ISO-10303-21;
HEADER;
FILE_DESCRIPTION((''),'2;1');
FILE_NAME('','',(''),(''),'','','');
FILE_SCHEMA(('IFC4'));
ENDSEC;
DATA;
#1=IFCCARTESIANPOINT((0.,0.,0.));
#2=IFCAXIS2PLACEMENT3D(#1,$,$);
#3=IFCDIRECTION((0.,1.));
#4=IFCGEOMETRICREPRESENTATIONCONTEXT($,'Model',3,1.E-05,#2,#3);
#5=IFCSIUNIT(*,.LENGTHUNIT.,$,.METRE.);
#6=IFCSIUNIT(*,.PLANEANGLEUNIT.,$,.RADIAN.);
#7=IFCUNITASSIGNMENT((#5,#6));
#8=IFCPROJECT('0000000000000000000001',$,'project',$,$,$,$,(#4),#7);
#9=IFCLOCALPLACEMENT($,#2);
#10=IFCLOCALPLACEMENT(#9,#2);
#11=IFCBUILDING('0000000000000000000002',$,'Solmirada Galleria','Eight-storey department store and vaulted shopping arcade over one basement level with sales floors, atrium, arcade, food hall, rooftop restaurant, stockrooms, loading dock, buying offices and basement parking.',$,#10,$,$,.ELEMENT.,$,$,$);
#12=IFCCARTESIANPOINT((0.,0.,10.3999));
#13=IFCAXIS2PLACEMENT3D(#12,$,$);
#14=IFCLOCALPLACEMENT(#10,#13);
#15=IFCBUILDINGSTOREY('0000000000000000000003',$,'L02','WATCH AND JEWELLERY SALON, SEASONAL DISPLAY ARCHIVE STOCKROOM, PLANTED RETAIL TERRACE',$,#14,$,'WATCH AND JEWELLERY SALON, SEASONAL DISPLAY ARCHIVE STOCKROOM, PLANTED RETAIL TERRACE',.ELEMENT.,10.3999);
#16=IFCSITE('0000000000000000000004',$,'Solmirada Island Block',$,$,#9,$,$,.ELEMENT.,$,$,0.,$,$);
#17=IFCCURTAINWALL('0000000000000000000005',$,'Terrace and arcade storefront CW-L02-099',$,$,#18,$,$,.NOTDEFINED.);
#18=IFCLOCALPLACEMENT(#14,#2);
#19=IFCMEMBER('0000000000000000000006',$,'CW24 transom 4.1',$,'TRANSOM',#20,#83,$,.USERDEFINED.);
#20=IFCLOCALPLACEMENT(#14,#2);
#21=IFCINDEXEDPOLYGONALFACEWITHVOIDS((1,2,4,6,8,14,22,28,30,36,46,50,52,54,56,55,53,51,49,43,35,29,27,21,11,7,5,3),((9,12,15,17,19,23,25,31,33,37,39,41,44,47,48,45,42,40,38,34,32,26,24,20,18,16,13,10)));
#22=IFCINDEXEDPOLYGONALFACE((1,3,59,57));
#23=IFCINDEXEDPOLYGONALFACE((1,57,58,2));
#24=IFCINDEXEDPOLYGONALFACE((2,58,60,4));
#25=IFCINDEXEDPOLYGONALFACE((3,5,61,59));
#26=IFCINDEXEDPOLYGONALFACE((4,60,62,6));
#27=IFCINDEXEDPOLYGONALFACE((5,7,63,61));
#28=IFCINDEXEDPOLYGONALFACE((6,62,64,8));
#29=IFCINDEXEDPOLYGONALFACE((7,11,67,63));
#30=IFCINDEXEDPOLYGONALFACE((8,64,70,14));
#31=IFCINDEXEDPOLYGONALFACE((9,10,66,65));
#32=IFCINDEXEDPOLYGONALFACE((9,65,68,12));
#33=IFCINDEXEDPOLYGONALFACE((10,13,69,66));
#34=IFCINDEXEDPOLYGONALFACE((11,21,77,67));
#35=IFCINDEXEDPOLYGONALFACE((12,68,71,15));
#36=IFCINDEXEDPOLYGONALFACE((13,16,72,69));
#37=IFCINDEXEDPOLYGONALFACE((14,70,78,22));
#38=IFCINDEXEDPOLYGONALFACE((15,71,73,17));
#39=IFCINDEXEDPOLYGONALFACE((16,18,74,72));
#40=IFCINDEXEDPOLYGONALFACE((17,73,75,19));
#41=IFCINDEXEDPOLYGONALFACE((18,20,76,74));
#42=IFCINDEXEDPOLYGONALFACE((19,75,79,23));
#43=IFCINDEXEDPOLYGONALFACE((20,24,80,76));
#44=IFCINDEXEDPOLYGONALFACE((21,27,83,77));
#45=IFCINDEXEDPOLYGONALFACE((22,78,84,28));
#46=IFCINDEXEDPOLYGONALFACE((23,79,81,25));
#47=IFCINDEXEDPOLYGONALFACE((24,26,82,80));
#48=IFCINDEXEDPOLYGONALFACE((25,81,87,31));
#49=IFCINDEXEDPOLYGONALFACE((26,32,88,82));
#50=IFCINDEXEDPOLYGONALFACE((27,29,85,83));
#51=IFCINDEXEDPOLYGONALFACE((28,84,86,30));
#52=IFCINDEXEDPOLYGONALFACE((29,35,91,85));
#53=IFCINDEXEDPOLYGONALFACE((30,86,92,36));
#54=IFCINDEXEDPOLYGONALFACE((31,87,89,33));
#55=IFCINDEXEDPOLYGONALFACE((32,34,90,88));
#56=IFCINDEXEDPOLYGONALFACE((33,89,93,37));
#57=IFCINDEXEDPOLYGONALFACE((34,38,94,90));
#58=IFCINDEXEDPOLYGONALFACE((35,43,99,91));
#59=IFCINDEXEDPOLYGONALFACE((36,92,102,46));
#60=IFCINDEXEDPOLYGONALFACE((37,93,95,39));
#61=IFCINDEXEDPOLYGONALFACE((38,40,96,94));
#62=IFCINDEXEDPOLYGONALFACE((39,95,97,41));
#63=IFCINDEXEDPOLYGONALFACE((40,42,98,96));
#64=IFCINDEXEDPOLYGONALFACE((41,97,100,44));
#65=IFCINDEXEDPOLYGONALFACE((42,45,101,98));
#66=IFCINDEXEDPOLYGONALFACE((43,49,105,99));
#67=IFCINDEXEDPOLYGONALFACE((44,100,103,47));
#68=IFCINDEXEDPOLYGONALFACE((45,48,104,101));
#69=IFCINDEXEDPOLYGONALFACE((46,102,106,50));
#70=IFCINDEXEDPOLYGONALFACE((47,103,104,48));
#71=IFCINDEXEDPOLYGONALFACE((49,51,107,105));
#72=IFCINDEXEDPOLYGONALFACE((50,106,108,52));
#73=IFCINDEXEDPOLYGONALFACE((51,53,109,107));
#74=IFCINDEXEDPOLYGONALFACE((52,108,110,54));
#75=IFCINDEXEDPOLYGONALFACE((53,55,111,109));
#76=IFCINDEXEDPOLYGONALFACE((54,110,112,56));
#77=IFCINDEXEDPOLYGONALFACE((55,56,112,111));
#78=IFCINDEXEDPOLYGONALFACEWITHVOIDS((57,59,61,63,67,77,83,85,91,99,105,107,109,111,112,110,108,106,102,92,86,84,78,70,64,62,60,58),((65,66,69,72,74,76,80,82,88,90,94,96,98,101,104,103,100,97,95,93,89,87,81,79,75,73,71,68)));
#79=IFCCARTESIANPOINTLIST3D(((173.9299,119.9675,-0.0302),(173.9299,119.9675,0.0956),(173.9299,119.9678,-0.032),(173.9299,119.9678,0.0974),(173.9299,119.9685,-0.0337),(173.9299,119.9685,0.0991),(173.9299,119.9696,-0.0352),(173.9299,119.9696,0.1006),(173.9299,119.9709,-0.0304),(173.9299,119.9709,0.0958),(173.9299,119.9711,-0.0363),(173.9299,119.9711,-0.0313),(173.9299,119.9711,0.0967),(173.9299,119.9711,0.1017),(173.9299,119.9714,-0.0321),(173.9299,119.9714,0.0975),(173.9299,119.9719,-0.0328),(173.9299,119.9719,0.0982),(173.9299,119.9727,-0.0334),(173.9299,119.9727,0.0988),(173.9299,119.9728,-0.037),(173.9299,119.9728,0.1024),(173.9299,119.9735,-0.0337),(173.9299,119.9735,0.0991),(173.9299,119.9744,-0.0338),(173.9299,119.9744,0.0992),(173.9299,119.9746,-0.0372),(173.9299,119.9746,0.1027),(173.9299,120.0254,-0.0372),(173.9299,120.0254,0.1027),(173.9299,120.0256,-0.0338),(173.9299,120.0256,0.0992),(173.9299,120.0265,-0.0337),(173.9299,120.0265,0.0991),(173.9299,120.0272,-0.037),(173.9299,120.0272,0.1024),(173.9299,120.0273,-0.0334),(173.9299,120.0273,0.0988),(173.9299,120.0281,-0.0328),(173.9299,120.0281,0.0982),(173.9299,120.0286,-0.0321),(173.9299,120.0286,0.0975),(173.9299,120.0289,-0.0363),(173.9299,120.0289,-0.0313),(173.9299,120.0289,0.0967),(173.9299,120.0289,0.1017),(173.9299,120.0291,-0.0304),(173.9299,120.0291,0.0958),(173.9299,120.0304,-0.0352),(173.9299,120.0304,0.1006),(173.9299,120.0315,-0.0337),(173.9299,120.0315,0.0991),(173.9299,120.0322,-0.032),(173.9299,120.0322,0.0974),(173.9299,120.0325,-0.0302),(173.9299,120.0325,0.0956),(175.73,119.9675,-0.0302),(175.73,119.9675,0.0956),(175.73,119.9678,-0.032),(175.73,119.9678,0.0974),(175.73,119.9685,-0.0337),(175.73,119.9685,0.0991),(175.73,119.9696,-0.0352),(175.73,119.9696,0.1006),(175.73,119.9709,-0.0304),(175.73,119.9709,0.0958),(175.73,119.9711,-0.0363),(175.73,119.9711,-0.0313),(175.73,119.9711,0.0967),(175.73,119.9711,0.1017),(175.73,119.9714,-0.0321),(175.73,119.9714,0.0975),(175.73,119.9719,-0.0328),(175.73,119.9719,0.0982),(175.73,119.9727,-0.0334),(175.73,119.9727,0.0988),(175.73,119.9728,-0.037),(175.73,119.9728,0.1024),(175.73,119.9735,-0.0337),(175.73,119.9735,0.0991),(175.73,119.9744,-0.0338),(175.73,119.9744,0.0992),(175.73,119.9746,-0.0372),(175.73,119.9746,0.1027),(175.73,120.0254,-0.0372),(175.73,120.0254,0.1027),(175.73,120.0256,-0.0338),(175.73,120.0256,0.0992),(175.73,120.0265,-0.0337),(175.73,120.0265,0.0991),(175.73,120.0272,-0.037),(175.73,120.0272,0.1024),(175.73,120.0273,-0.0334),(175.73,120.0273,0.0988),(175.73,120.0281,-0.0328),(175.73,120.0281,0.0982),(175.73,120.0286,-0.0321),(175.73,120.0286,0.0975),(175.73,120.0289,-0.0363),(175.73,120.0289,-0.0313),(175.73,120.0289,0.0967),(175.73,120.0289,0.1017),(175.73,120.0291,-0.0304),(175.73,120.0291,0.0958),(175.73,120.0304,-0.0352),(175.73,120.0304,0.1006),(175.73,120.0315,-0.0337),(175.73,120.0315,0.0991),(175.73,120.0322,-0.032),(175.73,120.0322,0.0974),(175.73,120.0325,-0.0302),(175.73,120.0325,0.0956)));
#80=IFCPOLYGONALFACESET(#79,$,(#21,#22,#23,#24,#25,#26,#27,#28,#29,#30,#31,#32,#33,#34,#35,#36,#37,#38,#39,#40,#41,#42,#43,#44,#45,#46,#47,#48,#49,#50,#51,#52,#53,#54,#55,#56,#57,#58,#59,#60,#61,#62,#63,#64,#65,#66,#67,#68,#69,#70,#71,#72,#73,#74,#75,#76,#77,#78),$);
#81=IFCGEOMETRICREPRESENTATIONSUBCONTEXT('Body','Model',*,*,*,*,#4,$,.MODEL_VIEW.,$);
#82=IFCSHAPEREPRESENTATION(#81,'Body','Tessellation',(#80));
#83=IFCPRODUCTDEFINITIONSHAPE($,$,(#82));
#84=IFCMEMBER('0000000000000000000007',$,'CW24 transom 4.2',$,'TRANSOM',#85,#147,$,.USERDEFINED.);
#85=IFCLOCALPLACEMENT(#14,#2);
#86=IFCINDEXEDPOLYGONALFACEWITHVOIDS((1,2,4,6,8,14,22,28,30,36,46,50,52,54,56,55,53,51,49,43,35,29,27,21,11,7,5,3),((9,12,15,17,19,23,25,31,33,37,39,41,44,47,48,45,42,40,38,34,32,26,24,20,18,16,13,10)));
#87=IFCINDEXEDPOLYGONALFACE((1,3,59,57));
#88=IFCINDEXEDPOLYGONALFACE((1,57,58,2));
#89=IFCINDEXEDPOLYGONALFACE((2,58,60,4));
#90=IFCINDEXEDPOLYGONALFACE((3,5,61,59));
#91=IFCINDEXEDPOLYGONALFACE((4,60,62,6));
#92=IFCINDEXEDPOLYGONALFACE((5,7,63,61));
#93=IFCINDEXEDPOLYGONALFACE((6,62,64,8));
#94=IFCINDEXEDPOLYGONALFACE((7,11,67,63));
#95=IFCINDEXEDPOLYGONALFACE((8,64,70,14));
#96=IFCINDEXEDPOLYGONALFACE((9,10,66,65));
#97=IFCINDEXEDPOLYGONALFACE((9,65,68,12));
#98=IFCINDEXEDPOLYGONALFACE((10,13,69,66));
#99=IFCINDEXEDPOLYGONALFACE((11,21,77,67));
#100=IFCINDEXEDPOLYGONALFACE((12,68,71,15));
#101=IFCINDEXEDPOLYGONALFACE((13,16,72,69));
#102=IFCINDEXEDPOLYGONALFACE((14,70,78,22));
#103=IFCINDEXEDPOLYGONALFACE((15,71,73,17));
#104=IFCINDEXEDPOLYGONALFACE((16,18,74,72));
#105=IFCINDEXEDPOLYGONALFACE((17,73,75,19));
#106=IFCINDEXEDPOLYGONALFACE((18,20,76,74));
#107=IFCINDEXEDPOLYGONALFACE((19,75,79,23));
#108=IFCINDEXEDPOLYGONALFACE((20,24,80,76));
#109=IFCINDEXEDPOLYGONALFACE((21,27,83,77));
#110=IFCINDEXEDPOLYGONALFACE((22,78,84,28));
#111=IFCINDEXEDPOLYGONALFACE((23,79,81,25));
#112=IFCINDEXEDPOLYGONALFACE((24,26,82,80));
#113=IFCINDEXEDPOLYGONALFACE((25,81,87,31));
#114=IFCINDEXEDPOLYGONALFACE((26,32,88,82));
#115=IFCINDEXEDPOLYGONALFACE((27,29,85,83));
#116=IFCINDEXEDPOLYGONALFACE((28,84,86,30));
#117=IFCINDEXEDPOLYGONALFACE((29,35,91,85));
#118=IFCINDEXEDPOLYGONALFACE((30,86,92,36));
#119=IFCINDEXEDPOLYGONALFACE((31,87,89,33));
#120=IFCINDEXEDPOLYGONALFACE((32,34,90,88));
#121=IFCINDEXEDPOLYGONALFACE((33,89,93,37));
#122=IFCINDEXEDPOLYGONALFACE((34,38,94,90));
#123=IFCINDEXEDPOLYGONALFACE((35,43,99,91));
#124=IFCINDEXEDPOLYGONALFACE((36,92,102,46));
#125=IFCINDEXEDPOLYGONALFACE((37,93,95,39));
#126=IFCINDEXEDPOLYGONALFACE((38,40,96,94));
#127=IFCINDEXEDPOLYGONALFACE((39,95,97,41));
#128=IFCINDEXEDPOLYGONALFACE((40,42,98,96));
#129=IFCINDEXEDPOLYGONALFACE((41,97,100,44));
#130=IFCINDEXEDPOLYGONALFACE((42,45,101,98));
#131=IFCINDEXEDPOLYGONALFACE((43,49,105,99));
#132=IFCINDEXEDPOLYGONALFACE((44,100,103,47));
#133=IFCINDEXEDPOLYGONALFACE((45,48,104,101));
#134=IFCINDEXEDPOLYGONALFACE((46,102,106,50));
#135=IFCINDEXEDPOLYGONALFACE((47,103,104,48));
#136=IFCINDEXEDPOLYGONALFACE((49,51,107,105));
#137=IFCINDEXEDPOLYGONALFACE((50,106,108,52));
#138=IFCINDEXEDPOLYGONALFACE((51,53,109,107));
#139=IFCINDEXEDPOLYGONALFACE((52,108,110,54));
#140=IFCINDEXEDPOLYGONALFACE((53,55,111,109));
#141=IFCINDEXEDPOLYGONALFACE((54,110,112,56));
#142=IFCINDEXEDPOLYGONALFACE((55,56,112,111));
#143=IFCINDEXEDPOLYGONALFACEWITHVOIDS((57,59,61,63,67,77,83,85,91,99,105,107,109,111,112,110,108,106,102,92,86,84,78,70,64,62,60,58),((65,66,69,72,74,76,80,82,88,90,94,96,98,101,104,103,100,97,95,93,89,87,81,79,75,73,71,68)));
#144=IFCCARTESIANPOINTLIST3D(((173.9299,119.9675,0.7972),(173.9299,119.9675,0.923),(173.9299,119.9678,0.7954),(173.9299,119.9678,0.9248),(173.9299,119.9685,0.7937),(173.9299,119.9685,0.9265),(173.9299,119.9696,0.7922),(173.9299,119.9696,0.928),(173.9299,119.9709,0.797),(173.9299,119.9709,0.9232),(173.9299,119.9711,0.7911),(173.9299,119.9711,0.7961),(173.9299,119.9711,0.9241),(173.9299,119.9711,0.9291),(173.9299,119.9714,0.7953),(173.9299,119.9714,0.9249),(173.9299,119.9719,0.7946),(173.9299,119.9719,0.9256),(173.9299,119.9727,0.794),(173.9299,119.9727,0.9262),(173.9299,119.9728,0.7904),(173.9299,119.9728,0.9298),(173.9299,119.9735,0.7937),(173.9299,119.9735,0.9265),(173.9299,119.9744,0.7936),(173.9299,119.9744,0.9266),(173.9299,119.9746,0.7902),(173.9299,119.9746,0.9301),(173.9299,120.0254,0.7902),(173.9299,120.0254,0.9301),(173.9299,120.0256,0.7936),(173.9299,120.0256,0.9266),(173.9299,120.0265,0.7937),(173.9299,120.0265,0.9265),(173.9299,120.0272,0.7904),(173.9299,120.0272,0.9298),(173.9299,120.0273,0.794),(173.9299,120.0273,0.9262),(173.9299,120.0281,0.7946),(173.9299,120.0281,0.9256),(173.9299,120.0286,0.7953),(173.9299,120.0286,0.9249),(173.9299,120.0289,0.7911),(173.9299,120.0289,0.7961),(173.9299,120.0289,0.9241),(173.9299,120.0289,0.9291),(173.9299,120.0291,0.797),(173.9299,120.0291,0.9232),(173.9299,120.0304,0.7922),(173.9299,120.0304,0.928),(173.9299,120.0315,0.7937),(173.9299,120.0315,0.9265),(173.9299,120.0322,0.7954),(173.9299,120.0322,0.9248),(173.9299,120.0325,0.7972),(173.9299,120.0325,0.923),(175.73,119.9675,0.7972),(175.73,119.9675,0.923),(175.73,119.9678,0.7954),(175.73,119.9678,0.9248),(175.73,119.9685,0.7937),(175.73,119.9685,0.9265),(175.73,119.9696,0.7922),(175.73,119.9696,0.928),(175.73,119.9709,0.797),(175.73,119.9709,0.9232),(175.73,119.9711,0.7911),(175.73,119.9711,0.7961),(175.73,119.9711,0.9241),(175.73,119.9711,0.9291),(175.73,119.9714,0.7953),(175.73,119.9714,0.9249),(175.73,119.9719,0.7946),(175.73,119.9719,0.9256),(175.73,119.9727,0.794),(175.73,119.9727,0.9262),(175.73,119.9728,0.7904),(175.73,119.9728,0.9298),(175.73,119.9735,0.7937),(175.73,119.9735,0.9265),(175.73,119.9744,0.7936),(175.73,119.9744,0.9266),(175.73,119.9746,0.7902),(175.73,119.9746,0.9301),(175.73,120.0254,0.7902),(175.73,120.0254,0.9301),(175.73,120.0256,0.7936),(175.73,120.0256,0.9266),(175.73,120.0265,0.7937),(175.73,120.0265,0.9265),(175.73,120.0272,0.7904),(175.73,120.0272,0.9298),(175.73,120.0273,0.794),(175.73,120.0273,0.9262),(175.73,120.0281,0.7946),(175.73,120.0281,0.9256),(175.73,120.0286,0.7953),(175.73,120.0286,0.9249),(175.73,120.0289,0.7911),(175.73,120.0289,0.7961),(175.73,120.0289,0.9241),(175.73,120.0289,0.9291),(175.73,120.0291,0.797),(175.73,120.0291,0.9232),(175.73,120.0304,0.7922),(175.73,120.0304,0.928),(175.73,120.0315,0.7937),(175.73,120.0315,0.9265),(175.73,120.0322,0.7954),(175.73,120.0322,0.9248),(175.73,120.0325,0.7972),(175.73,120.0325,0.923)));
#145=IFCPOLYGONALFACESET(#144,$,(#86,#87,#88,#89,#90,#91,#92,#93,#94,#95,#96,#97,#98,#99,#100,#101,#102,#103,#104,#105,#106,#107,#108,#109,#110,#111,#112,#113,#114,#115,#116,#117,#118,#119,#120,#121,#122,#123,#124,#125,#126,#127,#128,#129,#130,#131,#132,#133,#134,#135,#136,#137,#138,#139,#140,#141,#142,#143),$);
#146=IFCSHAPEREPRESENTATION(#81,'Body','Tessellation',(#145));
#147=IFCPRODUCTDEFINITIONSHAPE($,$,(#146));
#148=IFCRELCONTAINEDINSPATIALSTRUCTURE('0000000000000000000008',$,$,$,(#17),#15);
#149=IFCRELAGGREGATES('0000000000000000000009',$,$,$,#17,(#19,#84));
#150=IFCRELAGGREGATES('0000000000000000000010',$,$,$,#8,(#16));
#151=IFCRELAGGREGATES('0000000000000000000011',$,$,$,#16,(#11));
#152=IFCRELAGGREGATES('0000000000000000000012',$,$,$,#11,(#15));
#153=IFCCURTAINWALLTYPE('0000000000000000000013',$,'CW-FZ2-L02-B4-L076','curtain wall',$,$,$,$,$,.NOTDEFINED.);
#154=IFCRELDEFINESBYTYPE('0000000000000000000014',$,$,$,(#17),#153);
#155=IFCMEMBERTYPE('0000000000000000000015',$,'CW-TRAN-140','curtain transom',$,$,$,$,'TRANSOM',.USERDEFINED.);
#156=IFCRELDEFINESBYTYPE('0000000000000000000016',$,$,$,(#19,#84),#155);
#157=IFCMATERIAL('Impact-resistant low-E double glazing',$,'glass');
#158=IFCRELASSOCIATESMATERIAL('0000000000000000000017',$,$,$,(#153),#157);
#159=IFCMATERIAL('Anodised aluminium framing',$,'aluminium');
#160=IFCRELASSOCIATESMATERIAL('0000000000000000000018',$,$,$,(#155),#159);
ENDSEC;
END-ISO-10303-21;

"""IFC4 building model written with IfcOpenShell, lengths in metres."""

from ifc_helpers import new_model, si_unit, direction, frame, origin, origin_2d, place, context, subcontext, project, spatial, hollow_rectangle, extrude, material, material_profile, profile_set, type_object, element, aggregate, save


model = new_model("IFC4")

# Units and contexts
model_context = context("Model", 3, precision=1e-05, world=origin(), true_north=direction((0.0, 1.0)))
body_context = subcontext(model_context, "Body", "Model", "MODEL_VIEW")
ifc_project = project(units=[si_unit("LENGTHUNIT", "METRE"), si_unit("PLANEANGLEUNIT", "RADIAN")], contexts=[model_context])

# Site, building, storey
site_placement = place(None, origin())
site = spatial("IfcSite", under=ifc_project, at=site_placement, Name="Solmirada Island Block", CompositionType="ELEMENT", RefElevation=0.0)
building_placement = place(site_placement, origin())
building = spatial("IfcBuilding", under=site, at=building_placement, Name="Solmirada Galleria", Description="Eight-storey department store and vaulted shopping arcade over one basement level with sales floors, atrium, arcade, food hall, rooftop restaurant, stockrooms, loading dock, buying offices and basement parking.", CompositionType="ELEMENT")
storey_placement = place(building_placement, frame((0.0, 0.0, 10.3999)))
storey = spatial("IfcBuildingStorey", under=building, at=storey_placement, Name="L02", Description="WATCH AND JEWELLERY SALON, SEASONAL DISPLAY ARCHIVE STOCKROOM, PLANTED RETAIL TERRACE", LongName="WATCH AND JEWELLERY SALON, SEASONAL DISPLAY ARCHIVE STOCKROOM, PLANTED RETAIL TERRACE", CompositionType="ELEMENT", Elevation=10.3999)

# Curtain wall
ifc_material_1 = material(Name="Impact-resistant low-E double glazing", Category="glass")
curtain_wall_type = type_object("IfcCurtainWallType", Name="CW-FZ2-L02-B4-L076", Description="curtain wall", PredefinedType="NOTDEFINED", material=ifc_material_1)
curtain_wall_1_placement = place(storey_placement, origin())
curtain_wall_1 = element("IfcCurtainWall", 1, at=curtain_wall_1_placement, inside=storey, type_object=curtain_wall_type, Name="Terrace and arcade storefront CW-L02-099", PredefinedType="NOTDEFINED")
ifc_material_2 = material(Name="Anodised aluminium framing", Category="aluminium")

# Members
ifc_material_profile_1 = material_profile(ifc_material_2, hollow_rectangle(XDim=0.0649, YDim=0.1399, WallThickness=0.0034, InnerFilletRadius=0.0034, OuterFilletRadius=0.0071, at=origin_2d()), Name="ALU-TRAN-140X65")
ifc_profile_set_1 = profile_set([ifc_material_profile_1], Name="Anodised aluminium framing")
member_type_1 = type_object("IfcMemberType", Name="CW-TRAN-140", Description="curtain transom", ElementType="TRANSOM", PredefinedType="USERDEFINED", material=ifc_profile_set_1)
member_1_placement = place(storey_placement, frame((173.9299, 120.0, 0.0327), z_axis=(1.0, 0.0, 0.0), x_axis=(0.0, 1.0, 0.0)))
member_1 = element("IfcMember", 2, at=member_1_placement, type_object=member_type_1, Name="CW24 transom 4.1", ObjectType="TRANSOM", PredefinedType="USERDEFINED", context=body_context, shape_type="SweptSolid", body=[
    extrude(hollow_rectangle(XDim=0.0649, YDim=0.1399, WallThickness=0.0034, InnerFilletRadius=0.0034, OuterFilletRadius=0.0071, at=origin_2d()), origin(), (0.0, 0.0, 1.0), 1.8),
])
member_2_placement = place(storey_placement, frame((173.9299, 120.0, 0.8601), z_axis=(1.0, 0.0, 0.0), x_axis=(0.0, 1.0, 0.0)))
member_2 = element("IfcMember", 3, at=member_2_placement, type_object=member_type_1, Name="CW24 transom 4.2", ObjectType="TRANSOM", PredefinedType="USERDEFINED", context=body_context, shape_type="SweptSolid", body=[
    extrude(hollow_rectangle(XDim=0.0649, YDim=0.1399, WallThickness=0.0034, InnerFilletRadius=0.0034, OuterFilletRadius=0.0071, at=origin_2d()), origin(), (0.0, 0.0, 1.0), 1.8),
])

aggregate(curtain_wall_1, [member_1, member_2])

save(model, "model.ifc")
